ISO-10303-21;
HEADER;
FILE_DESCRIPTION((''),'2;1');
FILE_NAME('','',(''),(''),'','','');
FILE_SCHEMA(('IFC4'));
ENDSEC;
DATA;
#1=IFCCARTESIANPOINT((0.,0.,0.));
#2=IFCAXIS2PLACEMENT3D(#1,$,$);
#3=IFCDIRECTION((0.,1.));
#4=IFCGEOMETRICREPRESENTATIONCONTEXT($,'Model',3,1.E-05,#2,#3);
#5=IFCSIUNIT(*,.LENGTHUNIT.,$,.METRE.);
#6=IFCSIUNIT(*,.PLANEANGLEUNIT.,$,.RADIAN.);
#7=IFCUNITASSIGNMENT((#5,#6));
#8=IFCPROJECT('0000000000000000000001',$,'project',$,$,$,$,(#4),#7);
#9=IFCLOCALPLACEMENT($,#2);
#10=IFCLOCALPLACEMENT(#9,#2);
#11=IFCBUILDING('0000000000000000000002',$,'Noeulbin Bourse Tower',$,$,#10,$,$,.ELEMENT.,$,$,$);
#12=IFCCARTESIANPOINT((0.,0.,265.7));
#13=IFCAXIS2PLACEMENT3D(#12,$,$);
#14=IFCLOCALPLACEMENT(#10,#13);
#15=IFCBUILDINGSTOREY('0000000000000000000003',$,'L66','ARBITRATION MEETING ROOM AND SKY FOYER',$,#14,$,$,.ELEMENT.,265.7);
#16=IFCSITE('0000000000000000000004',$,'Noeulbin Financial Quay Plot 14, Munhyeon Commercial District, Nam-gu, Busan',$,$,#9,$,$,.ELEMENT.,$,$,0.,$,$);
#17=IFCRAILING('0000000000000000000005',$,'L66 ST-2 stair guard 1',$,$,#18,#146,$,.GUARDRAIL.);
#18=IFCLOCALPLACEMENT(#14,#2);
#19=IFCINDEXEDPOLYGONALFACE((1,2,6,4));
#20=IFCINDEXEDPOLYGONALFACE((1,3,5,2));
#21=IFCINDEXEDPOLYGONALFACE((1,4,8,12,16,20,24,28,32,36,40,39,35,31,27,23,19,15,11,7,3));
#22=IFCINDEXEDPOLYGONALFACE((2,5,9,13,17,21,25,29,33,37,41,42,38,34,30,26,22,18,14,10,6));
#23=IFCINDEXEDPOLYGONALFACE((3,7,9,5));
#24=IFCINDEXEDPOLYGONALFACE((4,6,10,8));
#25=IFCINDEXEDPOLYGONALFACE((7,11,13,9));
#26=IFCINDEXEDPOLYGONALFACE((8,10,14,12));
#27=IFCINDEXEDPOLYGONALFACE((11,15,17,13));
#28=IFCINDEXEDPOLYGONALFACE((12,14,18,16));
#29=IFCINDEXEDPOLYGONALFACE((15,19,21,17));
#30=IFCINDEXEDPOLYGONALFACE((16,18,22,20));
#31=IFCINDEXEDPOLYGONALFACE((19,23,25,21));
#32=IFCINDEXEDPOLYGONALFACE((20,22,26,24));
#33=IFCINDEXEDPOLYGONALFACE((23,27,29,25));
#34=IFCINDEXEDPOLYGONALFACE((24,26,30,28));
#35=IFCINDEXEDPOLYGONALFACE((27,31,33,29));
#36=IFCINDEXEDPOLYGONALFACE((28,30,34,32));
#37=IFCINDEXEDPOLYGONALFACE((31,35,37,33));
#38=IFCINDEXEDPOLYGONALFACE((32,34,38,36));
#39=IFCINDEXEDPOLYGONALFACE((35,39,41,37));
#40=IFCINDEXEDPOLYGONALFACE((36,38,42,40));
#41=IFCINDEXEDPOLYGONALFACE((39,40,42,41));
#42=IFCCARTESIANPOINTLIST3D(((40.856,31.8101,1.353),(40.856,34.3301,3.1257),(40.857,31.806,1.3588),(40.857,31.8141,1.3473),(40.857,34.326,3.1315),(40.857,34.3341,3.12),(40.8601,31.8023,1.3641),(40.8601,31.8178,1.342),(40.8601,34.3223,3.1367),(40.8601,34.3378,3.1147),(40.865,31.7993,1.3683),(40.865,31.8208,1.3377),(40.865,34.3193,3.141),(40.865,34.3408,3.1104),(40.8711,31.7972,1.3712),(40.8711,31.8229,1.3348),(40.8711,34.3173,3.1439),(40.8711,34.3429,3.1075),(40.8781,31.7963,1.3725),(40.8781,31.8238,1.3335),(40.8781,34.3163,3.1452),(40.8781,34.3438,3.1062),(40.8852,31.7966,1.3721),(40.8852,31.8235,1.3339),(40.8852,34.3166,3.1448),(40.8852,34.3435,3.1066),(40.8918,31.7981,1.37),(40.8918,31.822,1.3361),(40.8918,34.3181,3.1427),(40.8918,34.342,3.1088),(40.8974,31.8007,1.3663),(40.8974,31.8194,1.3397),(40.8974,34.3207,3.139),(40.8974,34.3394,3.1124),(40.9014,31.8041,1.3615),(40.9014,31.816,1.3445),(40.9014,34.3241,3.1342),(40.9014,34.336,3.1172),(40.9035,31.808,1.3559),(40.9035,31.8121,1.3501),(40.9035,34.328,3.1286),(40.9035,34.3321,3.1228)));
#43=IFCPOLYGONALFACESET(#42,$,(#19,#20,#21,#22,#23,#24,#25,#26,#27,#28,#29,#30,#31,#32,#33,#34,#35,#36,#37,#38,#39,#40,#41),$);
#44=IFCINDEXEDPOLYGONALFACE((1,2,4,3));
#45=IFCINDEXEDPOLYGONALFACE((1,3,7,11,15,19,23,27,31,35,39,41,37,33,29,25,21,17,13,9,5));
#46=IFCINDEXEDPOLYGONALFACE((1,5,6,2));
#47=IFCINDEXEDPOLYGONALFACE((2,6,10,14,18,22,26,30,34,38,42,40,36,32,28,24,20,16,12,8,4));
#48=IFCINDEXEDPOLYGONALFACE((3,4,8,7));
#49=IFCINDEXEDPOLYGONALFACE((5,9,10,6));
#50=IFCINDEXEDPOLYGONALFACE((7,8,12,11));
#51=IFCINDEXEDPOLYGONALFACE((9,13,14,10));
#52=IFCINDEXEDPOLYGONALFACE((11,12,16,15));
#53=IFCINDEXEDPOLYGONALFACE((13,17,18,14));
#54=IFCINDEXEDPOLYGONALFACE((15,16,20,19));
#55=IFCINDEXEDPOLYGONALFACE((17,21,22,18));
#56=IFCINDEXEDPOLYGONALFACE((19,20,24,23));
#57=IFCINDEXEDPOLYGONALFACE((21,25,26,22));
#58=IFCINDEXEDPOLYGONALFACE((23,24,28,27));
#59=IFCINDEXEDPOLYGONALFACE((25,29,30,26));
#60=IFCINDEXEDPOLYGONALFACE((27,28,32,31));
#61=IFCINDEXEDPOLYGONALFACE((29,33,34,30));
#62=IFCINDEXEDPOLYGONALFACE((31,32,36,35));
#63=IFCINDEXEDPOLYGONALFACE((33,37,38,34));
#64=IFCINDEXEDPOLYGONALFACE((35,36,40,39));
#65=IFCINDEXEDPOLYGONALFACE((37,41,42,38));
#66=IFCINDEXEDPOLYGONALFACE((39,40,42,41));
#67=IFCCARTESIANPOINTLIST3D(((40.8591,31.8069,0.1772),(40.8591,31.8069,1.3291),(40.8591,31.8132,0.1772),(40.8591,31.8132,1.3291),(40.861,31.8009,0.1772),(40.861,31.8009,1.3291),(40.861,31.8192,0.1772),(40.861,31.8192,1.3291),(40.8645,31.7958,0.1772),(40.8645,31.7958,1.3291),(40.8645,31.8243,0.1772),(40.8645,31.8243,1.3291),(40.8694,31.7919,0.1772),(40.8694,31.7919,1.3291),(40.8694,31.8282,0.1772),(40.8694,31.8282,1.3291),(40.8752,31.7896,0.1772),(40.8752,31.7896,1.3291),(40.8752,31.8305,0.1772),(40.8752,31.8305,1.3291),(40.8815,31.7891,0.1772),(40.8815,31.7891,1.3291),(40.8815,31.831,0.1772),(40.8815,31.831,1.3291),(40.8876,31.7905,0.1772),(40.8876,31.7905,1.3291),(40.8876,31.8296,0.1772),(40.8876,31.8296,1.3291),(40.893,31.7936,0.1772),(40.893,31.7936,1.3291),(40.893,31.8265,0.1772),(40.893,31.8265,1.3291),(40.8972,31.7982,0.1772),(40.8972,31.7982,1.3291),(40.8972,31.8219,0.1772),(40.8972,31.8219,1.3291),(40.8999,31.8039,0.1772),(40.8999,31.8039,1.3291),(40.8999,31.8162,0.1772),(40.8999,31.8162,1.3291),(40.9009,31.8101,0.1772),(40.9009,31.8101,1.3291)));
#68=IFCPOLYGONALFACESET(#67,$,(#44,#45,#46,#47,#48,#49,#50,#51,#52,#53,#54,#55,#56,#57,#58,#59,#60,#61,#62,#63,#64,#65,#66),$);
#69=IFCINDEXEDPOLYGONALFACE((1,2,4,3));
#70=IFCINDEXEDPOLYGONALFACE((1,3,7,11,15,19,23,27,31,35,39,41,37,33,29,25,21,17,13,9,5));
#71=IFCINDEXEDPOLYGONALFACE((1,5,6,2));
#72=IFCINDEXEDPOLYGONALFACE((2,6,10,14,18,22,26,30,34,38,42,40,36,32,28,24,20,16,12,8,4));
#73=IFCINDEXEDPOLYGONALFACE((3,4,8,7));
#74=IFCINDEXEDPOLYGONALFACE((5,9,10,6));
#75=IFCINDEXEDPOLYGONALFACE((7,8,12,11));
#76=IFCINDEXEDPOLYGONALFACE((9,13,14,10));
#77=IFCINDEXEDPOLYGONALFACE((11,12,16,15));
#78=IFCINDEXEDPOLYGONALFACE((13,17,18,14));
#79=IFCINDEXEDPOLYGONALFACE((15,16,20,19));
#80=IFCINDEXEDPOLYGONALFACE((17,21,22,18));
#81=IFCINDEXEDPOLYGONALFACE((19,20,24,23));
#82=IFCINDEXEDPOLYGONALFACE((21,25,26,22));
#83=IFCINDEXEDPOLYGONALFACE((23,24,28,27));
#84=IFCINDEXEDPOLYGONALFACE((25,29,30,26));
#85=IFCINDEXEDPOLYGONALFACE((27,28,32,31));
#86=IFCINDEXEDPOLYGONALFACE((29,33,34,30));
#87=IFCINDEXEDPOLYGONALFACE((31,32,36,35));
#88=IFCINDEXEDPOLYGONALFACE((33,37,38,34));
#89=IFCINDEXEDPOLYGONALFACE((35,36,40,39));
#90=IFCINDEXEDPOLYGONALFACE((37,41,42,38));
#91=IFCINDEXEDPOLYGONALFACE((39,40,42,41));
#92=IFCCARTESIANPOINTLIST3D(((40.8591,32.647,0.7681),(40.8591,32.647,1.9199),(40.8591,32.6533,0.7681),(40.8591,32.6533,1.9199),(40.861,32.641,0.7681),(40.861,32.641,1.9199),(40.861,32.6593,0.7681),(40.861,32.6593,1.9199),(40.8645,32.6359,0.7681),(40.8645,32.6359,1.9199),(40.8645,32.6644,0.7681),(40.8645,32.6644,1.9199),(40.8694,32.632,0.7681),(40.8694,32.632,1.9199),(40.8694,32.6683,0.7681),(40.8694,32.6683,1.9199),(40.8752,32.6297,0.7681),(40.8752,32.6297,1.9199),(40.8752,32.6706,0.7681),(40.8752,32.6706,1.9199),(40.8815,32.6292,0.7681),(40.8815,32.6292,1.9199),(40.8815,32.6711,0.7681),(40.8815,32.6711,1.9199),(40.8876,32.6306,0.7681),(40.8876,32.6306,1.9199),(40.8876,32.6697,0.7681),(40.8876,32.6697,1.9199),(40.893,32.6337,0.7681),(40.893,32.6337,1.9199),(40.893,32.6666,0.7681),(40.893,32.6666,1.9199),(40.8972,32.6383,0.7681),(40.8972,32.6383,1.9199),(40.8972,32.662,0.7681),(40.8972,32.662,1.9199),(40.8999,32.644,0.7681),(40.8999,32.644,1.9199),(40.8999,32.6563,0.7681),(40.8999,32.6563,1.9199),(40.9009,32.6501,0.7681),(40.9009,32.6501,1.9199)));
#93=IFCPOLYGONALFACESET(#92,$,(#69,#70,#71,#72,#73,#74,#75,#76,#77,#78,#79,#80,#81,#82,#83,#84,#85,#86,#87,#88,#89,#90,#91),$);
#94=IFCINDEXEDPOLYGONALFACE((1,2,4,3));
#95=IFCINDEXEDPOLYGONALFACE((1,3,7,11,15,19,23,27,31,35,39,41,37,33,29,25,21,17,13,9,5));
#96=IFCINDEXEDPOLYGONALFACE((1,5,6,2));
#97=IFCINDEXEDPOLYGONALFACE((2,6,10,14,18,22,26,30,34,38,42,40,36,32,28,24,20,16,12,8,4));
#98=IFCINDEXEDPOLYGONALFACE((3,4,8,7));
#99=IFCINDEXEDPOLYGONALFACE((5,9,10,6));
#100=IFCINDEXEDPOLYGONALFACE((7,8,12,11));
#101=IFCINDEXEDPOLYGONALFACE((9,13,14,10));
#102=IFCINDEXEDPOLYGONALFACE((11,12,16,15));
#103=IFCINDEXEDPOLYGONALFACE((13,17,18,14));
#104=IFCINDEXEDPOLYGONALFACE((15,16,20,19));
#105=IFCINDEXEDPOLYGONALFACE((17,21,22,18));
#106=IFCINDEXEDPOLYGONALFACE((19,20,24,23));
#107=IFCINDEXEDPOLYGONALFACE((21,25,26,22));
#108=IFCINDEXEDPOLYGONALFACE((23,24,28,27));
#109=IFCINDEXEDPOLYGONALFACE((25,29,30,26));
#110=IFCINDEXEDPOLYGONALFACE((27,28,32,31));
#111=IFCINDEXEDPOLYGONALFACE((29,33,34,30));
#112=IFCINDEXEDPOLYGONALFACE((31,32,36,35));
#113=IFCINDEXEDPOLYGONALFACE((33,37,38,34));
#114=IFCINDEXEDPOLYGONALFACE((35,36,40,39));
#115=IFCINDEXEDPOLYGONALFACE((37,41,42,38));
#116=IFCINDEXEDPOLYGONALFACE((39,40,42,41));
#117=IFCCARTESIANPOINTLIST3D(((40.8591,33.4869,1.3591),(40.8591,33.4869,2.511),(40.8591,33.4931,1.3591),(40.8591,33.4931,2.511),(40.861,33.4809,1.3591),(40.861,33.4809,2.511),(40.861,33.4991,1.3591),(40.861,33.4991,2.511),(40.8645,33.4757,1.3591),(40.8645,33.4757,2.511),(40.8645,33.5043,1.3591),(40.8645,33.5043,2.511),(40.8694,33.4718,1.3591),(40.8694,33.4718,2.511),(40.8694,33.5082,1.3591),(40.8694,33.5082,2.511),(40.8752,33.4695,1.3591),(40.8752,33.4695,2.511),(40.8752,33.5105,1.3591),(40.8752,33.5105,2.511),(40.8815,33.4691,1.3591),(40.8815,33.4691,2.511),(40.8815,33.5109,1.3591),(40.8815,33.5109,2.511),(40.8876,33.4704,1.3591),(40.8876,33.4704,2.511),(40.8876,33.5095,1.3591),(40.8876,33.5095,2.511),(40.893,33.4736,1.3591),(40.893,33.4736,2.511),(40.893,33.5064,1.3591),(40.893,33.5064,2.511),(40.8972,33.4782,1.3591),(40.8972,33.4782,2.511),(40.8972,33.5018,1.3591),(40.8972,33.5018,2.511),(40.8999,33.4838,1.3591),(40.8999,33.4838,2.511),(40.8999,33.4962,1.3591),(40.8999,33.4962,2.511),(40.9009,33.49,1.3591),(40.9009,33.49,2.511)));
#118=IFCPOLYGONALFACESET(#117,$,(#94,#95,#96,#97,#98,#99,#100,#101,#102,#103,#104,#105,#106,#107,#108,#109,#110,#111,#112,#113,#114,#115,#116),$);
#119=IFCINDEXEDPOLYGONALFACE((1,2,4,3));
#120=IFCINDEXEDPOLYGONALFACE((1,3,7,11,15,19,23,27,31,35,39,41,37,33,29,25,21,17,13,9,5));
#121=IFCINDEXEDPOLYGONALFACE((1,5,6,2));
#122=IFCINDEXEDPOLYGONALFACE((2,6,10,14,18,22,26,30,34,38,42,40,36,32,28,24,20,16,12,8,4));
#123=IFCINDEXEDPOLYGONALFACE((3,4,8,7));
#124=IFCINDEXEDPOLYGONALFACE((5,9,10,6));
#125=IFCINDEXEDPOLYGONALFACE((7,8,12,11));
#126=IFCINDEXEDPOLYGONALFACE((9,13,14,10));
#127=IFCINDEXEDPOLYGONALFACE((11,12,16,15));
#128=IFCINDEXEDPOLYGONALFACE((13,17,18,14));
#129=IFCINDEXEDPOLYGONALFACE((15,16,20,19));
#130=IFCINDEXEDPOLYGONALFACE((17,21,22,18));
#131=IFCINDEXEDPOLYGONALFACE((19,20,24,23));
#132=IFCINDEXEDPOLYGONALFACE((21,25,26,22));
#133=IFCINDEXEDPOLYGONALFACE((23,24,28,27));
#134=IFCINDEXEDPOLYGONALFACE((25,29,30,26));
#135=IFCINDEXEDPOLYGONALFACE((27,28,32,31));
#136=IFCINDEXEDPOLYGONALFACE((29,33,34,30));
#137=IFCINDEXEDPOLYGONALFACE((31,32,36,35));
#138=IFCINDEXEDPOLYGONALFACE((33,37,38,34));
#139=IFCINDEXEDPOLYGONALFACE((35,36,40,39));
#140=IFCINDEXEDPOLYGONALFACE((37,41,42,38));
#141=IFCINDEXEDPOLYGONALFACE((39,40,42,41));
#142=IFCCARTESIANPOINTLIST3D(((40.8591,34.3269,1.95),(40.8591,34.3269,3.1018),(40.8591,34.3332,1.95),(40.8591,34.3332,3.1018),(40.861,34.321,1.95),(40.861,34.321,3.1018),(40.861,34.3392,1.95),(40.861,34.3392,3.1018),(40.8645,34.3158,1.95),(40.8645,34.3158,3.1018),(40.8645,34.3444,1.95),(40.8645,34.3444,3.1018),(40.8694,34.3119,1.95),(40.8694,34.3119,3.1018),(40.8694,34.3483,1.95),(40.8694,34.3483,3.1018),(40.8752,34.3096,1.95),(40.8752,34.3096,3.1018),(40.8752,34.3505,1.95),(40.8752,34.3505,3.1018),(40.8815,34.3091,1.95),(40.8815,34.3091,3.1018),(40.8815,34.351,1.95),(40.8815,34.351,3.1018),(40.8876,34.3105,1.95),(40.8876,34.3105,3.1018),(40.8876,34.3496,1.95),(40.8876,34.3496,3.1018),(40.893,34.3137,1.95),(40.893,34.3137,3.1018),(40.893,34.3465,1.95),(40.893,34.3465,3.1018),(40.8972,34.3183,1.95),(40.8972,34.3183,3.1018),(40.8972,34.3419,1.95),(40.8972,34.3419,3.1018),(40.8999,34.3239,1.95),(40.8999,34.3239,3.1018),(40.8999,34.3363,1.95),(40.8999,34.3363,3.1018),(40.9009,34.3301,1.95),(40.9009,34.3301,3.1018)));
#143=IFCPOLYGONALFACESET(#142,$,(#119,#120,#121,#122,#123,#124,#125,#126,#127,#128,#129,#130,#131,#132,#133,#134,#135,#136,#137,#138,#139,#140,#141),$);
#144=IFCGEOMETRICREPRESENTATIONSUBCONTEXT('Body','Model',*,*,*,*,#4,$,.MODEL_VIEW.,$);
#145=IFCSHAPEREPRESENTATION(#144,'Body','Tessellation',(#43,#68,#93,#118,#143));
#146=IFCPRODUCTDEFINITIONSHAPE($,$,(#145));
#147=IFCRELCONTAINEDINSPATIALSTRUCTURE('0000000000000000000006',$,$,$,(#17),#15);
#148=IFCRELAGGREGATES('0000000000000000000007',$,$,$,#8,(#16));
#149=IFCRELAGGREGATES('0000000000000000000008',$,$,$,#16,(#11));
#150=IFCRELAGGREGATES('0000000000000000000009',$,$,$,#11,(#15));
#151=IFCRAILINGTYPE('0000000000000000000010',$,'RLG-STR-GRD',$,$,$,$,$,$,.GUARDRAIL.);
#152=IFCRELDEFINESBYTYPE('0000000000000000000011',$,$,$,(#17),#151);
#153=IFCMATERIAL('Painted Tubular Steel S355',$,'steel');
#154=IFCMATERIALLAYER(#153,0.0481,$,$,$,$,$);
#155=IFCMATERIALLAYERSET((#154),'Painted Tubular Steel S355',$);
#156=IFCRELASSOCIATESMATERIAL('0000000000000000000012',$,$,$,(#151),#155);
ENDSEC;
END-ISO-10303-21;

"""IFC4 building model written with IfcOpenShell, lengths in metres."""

from ifc_helpers import new_model, si_unit, direction, frame, origin, origin_2d, place, context, subcontext, project, spatial, circle, extrude, material, layer, layer_set, type_object, element, save


model = new_model("IFC4")

# Units and contexts
model_context = context("Model", 3, precision=1e-05, world=origin(), true_north=direction((0.0, 1.0)))
body_context = subcontext(model_context, "Body", "Model", "MODEL_VIEW")
ifc_project = project(units=[si_unit("LENGTHUNIT", "METRE"), si_unit("PLANEANGLEUNIT", "RADIAN")], contexts=[model_context])

# Site, building, storey
site_placement = place(None, origin())
site = spatial("IfcSite", under=ifc_project, at=site_placement, Name="Noeulbin Financial Quay Plot 14, Munhyeon Commercial District, Nam-gu, Busan", CompositionType="ELEMENT", RefElevation=0.0)
building_placement = place(site_placement, origin())
building = spatial("IfcBuilding", under=site, at=building_placement, Name="Noeulbin Bourse Tower", CompositionType="ELEMENT")
storey_placement = place(building_placement, frame((0.0, 0.0, 265.7)))
storey = spatial("IfcBuildingStorey", under=building, at=storey_placement, Name="L66", Description="ARBITRATION MEETING ROOM AND SKY FOYER", CompositionType="ELEMENT", Elevation=265.7)

# Railing
ifc_material_1 = material(Name="Painted Tubular Steel S355", Category="steel")
ifc_layer_1 = layer(ifc_material_1, 0.0481)
ifc_layer_set_1 = layer_set([ifc_layer_1], Name="Painted Tubular Steel S355")
railing_type_1 = type_object("IfcRailingType", Name="RLG-STR-GRD", PredefinedType="GUARDRAIL", material=ifc_layer_set_1)
railing_1_placement = place(storey_placement, frame((40.8799, 31.8101, 0.1772)))
element("IfcRailing", 1, at=railing_1_placement, inside=storey, type_object=railing_type_1, Name="L66 ST-2 stair guard 1", PredefinedType="GUARDRAIL", context=body_context, shape_type="SweptSolid", body=[
    extrude(circle(Radius=0.0239, at=origin_2d()), frame((0.0, 0.0, 1.1758), z_axis=(0.0, 0.817904, 0.575354), x_axis=(-1.0, 0.0, 0.0)), (0.0, 0.0, 1.0), 3.0811),
    extrude(circle(Radius=0.021, at=origin_2d()), origin(), (0.0, 0.0, 1.0), 1.1519),
    extrude(circle(Radius=0.021, at=origin_2d()), frame((0.0, 0.8401, 0.5908)), (0.0, 0.0, 1.0), 1.1519),
    extrude(circle(Radius=0.021, at=origin_2d()), frame((0.0, 1.6799, 1.1819)), (0.0, 0.0, 1.0), 1.1519),
    extrude(circle(Radius=0.021, at=origin_2d()), frame((0.0, 2.52, 1.7727)), (0.0, 0.0, 1.0), 1.1519),
])

save(model, "model.ifc")
